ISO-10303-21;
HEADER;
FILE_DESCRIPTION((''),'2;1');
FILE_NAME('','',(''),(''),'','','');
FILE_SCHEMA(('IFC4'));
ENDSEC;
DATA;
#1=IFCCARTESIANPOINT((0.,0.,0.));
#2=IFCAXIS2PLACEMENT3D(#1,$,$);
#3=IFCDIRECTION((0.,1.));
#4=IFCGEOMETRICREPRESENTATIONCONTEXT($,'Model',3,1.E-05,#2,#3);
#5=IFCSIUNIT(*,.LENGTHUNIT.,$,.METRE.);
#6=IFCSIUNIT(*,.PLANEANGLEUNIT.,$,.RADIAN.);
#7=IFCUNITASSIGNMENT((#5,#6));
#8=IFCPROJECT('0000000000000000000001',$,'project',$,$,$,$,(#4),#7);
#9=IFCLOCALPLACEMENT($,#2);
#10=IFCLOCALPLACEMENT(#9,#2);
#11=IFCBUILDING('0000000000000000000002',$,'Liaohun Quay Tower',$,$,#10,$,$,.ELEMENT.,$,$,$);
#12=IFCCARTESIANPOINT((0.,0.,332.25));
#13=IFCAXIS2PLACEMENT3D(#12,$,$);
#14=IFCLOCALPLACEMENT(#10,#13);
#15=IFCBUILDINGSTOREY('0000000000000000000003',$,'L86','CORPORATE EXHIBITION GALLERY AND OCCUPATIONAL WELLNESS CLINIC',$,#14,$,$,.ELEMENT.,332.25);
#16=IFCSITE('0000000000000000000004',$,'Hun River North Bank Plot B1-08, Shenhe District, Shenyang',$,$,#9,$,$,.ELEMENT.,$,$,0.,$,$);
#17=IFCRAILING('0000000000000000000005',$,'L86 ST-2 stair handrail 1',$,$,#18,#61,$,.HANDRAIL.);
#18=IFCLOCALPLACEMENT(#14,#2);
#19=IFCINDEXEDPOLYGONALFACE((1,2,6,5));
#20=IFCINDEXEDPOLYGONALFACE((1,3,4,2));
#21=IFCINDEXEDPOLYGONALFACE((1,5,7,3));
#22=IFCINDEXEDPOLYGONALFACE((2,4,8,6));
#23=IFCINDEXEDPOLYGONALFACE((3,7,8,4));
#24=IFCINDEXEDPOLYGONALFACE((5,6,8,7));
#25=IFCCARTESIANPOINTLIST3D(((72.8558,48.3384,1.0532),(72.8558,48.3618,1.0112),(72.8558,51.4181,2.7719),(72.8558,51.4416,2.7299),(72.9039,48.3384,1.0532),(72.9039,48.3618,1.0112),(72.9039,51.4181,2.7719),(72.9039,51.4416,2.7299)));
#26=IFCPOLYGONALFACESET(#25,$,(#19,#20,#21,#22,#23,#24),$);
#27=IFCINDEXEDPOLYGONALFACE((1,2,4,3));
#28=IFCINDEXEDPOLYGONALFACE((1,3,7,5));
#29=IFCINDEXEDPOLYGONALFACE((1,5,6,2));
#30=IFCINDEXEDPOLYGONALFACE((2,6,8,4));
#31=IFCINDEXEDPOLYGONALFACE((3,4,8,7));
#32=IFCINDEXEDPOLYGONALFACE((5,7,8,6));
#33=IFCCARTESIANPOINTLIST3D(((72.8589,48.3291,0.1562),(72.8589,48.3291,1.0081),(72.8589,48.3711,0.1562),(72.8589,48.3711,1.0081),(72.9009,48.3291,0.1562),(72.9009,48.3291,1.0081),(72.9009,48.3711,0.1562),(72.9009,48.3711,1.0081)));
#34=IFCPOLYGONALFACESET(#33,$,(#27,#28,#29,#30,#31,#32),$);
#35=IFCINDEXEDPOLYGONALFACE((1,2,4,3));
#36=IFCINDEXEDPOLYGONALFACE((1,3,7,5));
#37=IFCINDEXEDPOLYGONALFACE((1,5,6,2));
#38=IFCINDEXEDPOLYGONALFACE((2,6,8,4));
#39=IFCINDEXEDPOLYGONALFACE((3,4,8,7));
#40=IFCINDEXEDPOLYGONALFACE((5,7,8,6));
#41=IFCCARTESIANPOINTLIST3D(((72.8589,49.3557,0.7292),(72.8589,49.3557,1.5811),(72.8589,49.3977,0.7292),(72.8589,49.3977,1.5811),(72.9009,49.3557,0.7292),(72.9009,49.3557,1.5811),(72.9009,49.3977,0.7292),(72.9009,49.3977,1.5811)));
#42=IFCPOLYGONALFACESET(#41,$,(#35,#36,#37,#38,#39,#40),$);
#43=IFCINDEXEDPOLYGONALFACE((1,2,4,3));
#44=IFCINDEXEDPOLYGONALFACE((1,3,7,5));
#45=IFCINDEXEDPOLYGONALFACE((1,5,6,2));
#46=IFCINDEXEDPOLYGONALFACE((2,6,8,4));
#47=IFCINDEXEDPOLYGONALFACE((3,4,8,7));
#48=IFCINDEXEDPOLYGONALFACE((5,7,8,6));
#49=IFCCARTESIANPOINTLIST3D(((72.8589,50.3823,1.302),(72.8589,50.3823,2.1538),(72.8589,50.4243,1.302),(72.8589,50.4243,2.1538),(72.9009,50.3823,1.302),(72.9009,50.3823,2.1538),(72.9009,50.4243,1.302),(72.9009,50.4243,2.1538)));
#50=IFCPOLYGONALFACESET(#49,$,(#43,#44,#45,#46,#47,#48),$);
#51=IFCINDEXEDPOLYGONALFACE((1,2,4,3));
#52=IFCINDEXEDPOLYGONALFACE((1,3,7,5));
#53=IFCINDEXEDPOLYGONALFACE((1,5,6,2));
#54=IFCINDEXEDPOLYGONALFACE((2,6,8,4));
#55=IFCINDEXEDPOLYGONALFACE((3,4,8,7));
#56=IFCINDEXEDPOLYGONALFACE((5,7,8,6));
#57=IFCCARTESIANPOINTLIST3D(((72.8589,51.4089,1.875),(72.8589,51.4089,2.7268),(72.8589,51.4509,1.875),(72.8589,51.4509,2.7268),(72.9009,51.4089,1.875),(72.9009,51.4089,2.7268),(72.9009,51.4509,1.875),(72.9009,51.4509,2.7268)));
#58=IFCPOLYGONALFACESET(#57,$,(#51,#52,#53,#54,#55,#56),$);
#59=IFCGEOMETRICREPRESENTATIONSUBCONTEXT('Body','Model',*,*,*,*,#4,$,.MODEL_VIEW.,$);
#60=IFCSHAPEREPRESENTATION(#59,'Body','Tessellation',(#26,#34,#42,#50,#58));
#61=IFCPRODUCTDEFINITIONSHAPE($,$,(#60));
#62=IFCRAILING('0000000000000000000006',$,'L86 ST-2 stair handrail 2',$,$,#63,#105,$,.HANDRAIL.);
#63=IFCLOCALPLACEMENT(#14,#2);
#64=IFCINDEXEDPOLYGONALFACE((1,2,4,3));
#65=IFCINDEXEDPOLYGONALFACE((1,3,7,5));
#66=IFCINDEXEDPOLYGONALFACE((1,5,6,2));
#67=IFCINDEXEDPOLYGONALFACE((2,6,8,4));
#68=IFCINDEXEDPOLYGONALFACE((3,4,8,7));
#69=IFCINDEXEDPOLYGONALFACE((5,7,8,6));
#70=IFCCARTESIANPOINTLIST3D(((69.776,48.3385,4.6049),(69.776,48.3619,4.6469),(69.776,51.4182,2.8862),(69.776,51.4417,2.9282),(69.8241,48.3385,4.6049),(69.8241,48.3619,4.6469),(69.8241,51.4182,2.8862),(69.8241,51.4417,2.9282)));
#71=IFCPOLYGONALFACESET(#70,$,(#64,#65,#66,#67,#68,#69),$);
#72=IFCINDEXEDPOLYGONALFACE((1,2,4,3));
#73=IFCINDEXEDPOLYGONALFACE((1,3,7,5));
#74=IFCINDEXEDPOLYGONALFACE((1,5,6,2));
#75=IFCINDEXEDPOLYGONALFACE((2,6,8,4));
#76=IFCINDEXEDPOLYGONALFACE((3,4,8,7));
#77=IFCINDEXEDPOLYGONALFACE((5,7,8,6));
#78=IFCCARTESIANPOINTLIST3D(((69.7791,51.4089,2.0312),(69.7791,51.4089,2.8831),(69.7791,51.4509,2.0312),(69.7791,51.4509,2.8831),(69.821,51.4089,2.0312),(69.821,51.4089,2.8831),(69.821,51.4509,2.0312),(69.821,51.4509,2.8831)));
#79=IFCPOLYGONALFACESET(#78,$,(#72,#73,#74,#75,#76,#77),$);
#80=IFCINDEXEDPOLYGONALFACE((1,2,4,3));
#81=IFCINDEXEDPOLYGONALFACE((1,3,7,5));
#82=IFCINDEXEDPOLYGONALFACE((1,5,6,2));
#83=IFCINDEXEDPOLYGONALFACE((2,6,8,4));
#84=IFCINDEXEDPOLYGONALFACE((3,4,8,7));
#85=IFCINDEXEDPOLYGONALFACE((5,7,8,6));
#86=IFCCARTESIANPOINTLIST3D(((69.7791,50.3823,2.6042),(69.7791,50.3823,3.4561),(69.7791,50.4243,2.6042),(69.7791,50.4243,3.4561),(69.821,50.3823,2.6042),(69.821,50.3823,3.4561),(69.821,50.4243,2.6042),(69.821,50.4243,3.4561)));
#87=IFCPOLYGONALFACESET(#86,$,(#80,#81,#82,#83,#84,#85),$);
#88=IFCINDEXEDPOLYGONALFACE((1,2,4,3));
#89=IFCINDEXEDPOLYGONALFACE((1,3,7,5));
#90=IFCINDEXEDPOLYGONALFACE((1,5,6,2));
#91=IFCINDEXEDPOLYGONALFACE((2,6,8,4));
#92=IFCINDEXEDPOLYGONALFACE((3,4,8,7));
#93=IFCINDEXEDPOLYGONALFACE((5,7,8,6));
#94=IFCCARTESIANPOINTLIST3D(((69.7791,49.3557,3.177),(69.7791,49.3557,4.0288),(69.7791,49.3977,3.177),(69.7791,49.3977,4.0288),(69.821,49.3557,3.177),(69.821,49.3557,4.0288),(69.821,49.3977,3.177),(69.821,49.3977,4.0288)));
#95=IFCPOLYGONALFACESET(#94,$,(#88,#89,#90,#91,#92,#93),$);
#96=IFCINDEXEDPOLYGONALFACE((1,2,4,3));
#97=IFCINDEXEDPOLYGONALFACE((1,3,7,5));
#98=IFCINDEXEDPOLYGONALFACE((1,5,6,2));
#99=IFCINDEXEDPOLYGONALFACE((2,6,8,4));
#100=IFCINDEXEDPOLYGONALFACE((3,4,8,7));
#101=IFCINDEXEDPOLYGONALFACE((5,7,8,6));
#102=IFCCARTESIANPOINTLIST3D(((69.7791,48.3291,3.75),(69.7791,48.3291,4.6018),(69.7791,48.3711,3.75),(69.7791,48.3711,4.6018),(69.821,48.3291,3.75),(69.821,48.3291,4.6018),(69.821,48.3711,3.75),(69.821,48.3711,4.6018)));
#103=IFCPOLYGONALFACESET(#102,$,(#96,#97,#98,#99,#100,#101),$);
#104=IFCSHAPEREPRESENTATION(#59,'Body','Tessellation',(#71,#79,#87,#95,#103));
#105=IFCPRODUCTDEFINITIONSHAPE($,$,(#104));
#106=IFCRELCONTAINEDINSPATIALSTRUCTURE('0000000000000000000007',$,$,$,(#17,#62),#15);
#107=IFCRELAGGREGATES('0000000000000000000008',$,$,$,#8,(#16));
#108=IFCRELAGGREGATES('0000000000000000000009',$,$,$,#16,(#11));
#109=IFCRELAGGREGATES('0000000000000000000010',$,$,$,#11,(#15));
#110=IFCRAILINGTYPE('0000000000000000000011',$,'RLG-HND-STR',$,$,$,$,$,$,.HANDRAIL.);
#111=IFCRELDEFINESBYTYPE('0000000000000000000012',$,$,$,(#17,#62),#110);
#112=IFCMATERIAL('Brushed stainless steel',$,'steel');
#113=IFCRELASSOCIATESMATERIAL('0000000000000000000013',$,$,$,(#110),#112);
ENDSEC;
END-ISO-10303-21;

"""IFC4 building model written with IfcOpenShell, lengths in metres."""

from ifc_helpers import new_model, si_unit, direction, frame, origin, origin_2d, place, context, subcontext, project, spatial, rectangle, extrude, material, type_object, element, save


model = new_model("IFC4")

# Units and contexts
model_context = context("Model", 3, precision=1e-05, world=origin(), true_north=direction((0.0, 1.0)))
body_context = subcontext(model_context, "Body", "Model", "MODEL_VIEW")
ifc_project = project(units=[si_unit("LENGTHUNIT", "METRE"), si_unit("PLANEANGLEUNIT", "RADIAN")], contexts=[model_context])

# Site, building, storey
site_placement = place(None, origin())
site = spatial("IfcSite", under=ifc_project, at=site_placement, Name="Hun River North Bank Plot B1-08, Shenhe District, Shenyang", CompositionType="ELEMENT", RefElevation=0.0)
building_placement = place(site_placement, origin())
building = spatial("IfcBuilding", under=site, at=building_placement, Name="Liaohun Quay Tower", CompositionType="ELEMENT")
storey_placement = place(building_placement, frame((0.0, 0.0, 332.25)))
storey = spatial("IfcBuildingStorey", under=building, at=storey_placement, Name="L86", Description="CORPORATE EXHIBITION GALLERY AND OCCUPATIONAL WELLNESS CLINIC", CompositionType="ELEMENT", Elevation=332.25)

# Railings
ifc_material_1 = material(Name="Brushed stainless steel", Category="steel")
railing_type_1 = type_object("IfcRailingType", Name="RLG-HND-STR", PredefinedType="HANDRAIL", material=ifc_material_1)
railing_1_placement = place(storey_placement, frame((72.8799, 48.3501, 0.1562)))
element("IfcRailing", 1, at=railing_1_placement, inside=storey, type_object=railing_type_1, Name="L86 ST-2 stair handrail 1", PredefinedType="HANDRAIL", context=body_context, shape_type="SweptSolid", body=[
    extrude(rectangle(XDim=0.0481, YDim=0.0481, at=origin_2d()), frame((0.0, 0.0, 0.876), z_axis=(0.0, 0.873225, 0.487317), x_axis=(-1.0, 0.0, 0.0)), (0.0, 0.0, 1.0), 3.5269),
    extrude(rectangle(XDim=0.042, YDim=0.042, at=origin_2d()), origin(), (0.0, 0.0, 1.0), 0.8518),
    extrude(rectangle(XDim=0.042, YDim=0.042, at=origin_2d()), frame((0.0, 1.0266, 0.573)), (0.0, 0.0, 1.0), 0.8518),
    extrude(rectangle(XDim=0.042, YDim=0.042, at=origin_2d()), frame((0.0, 2.0532, 1.1458)), (0.0, 0.0, 1.0), 0.8518),
    extrude(rectangle(XDim=0.042, YDim=0.042, at=origin_2d()), frame((0.0, 3.0798, 1.7188)), (0.0, 0.0, 1.0), 0.8518),
])
railing_2_placement = place(storey_placement, frame((69.8, 51.4299, 2.0312)))
element("IfcRailing", 2, at=railing_2_placement, inside=storey, type_object=railing_type_1, Name="L86 ST-2 stair handrail 2", PredefinedType="HANDRAIL", context=body_context, shape_type="SweptSolid", body=[
    extrude(rectangle(XDim=0.0481, YDim=0.0481, at=origin_2d()), frame((0.0, 0.0, 0.876), z_axis=(0.0, -0.873225, 0.487317), x_axis=(1.0, 0.0, 0.0)), (0.0, 0.0, 1.0), 3.5269),
    extrude(rectangle(XDim=0.042, YDim=0.042, at=origin_2d()), origin(), (0.0, 0.0, 1.0), 0.8518),
    extrude(rectangle(XDim=0.042, YDim=0.042, at=origin_2d()), frame((0.0, -1.0266, 0.573)), (0.0, 0.0, 1.0), 0.8518),
    extrude(rectangle(XDim=0.042, YDim=0.042, at=origin_2d()), frame((0.0, -2.0532, 1.1458)), (0.0, 0.0, 1.0), 0.8518),
    extrude(rectangle(XDim=0.042, YDim=0.042, at=origin_2d()), frame((0.0, -3.0798, 1.7188)), (0.0, 0.0, 1.0), 0.8518),
])

save(model, "model.ifc")
